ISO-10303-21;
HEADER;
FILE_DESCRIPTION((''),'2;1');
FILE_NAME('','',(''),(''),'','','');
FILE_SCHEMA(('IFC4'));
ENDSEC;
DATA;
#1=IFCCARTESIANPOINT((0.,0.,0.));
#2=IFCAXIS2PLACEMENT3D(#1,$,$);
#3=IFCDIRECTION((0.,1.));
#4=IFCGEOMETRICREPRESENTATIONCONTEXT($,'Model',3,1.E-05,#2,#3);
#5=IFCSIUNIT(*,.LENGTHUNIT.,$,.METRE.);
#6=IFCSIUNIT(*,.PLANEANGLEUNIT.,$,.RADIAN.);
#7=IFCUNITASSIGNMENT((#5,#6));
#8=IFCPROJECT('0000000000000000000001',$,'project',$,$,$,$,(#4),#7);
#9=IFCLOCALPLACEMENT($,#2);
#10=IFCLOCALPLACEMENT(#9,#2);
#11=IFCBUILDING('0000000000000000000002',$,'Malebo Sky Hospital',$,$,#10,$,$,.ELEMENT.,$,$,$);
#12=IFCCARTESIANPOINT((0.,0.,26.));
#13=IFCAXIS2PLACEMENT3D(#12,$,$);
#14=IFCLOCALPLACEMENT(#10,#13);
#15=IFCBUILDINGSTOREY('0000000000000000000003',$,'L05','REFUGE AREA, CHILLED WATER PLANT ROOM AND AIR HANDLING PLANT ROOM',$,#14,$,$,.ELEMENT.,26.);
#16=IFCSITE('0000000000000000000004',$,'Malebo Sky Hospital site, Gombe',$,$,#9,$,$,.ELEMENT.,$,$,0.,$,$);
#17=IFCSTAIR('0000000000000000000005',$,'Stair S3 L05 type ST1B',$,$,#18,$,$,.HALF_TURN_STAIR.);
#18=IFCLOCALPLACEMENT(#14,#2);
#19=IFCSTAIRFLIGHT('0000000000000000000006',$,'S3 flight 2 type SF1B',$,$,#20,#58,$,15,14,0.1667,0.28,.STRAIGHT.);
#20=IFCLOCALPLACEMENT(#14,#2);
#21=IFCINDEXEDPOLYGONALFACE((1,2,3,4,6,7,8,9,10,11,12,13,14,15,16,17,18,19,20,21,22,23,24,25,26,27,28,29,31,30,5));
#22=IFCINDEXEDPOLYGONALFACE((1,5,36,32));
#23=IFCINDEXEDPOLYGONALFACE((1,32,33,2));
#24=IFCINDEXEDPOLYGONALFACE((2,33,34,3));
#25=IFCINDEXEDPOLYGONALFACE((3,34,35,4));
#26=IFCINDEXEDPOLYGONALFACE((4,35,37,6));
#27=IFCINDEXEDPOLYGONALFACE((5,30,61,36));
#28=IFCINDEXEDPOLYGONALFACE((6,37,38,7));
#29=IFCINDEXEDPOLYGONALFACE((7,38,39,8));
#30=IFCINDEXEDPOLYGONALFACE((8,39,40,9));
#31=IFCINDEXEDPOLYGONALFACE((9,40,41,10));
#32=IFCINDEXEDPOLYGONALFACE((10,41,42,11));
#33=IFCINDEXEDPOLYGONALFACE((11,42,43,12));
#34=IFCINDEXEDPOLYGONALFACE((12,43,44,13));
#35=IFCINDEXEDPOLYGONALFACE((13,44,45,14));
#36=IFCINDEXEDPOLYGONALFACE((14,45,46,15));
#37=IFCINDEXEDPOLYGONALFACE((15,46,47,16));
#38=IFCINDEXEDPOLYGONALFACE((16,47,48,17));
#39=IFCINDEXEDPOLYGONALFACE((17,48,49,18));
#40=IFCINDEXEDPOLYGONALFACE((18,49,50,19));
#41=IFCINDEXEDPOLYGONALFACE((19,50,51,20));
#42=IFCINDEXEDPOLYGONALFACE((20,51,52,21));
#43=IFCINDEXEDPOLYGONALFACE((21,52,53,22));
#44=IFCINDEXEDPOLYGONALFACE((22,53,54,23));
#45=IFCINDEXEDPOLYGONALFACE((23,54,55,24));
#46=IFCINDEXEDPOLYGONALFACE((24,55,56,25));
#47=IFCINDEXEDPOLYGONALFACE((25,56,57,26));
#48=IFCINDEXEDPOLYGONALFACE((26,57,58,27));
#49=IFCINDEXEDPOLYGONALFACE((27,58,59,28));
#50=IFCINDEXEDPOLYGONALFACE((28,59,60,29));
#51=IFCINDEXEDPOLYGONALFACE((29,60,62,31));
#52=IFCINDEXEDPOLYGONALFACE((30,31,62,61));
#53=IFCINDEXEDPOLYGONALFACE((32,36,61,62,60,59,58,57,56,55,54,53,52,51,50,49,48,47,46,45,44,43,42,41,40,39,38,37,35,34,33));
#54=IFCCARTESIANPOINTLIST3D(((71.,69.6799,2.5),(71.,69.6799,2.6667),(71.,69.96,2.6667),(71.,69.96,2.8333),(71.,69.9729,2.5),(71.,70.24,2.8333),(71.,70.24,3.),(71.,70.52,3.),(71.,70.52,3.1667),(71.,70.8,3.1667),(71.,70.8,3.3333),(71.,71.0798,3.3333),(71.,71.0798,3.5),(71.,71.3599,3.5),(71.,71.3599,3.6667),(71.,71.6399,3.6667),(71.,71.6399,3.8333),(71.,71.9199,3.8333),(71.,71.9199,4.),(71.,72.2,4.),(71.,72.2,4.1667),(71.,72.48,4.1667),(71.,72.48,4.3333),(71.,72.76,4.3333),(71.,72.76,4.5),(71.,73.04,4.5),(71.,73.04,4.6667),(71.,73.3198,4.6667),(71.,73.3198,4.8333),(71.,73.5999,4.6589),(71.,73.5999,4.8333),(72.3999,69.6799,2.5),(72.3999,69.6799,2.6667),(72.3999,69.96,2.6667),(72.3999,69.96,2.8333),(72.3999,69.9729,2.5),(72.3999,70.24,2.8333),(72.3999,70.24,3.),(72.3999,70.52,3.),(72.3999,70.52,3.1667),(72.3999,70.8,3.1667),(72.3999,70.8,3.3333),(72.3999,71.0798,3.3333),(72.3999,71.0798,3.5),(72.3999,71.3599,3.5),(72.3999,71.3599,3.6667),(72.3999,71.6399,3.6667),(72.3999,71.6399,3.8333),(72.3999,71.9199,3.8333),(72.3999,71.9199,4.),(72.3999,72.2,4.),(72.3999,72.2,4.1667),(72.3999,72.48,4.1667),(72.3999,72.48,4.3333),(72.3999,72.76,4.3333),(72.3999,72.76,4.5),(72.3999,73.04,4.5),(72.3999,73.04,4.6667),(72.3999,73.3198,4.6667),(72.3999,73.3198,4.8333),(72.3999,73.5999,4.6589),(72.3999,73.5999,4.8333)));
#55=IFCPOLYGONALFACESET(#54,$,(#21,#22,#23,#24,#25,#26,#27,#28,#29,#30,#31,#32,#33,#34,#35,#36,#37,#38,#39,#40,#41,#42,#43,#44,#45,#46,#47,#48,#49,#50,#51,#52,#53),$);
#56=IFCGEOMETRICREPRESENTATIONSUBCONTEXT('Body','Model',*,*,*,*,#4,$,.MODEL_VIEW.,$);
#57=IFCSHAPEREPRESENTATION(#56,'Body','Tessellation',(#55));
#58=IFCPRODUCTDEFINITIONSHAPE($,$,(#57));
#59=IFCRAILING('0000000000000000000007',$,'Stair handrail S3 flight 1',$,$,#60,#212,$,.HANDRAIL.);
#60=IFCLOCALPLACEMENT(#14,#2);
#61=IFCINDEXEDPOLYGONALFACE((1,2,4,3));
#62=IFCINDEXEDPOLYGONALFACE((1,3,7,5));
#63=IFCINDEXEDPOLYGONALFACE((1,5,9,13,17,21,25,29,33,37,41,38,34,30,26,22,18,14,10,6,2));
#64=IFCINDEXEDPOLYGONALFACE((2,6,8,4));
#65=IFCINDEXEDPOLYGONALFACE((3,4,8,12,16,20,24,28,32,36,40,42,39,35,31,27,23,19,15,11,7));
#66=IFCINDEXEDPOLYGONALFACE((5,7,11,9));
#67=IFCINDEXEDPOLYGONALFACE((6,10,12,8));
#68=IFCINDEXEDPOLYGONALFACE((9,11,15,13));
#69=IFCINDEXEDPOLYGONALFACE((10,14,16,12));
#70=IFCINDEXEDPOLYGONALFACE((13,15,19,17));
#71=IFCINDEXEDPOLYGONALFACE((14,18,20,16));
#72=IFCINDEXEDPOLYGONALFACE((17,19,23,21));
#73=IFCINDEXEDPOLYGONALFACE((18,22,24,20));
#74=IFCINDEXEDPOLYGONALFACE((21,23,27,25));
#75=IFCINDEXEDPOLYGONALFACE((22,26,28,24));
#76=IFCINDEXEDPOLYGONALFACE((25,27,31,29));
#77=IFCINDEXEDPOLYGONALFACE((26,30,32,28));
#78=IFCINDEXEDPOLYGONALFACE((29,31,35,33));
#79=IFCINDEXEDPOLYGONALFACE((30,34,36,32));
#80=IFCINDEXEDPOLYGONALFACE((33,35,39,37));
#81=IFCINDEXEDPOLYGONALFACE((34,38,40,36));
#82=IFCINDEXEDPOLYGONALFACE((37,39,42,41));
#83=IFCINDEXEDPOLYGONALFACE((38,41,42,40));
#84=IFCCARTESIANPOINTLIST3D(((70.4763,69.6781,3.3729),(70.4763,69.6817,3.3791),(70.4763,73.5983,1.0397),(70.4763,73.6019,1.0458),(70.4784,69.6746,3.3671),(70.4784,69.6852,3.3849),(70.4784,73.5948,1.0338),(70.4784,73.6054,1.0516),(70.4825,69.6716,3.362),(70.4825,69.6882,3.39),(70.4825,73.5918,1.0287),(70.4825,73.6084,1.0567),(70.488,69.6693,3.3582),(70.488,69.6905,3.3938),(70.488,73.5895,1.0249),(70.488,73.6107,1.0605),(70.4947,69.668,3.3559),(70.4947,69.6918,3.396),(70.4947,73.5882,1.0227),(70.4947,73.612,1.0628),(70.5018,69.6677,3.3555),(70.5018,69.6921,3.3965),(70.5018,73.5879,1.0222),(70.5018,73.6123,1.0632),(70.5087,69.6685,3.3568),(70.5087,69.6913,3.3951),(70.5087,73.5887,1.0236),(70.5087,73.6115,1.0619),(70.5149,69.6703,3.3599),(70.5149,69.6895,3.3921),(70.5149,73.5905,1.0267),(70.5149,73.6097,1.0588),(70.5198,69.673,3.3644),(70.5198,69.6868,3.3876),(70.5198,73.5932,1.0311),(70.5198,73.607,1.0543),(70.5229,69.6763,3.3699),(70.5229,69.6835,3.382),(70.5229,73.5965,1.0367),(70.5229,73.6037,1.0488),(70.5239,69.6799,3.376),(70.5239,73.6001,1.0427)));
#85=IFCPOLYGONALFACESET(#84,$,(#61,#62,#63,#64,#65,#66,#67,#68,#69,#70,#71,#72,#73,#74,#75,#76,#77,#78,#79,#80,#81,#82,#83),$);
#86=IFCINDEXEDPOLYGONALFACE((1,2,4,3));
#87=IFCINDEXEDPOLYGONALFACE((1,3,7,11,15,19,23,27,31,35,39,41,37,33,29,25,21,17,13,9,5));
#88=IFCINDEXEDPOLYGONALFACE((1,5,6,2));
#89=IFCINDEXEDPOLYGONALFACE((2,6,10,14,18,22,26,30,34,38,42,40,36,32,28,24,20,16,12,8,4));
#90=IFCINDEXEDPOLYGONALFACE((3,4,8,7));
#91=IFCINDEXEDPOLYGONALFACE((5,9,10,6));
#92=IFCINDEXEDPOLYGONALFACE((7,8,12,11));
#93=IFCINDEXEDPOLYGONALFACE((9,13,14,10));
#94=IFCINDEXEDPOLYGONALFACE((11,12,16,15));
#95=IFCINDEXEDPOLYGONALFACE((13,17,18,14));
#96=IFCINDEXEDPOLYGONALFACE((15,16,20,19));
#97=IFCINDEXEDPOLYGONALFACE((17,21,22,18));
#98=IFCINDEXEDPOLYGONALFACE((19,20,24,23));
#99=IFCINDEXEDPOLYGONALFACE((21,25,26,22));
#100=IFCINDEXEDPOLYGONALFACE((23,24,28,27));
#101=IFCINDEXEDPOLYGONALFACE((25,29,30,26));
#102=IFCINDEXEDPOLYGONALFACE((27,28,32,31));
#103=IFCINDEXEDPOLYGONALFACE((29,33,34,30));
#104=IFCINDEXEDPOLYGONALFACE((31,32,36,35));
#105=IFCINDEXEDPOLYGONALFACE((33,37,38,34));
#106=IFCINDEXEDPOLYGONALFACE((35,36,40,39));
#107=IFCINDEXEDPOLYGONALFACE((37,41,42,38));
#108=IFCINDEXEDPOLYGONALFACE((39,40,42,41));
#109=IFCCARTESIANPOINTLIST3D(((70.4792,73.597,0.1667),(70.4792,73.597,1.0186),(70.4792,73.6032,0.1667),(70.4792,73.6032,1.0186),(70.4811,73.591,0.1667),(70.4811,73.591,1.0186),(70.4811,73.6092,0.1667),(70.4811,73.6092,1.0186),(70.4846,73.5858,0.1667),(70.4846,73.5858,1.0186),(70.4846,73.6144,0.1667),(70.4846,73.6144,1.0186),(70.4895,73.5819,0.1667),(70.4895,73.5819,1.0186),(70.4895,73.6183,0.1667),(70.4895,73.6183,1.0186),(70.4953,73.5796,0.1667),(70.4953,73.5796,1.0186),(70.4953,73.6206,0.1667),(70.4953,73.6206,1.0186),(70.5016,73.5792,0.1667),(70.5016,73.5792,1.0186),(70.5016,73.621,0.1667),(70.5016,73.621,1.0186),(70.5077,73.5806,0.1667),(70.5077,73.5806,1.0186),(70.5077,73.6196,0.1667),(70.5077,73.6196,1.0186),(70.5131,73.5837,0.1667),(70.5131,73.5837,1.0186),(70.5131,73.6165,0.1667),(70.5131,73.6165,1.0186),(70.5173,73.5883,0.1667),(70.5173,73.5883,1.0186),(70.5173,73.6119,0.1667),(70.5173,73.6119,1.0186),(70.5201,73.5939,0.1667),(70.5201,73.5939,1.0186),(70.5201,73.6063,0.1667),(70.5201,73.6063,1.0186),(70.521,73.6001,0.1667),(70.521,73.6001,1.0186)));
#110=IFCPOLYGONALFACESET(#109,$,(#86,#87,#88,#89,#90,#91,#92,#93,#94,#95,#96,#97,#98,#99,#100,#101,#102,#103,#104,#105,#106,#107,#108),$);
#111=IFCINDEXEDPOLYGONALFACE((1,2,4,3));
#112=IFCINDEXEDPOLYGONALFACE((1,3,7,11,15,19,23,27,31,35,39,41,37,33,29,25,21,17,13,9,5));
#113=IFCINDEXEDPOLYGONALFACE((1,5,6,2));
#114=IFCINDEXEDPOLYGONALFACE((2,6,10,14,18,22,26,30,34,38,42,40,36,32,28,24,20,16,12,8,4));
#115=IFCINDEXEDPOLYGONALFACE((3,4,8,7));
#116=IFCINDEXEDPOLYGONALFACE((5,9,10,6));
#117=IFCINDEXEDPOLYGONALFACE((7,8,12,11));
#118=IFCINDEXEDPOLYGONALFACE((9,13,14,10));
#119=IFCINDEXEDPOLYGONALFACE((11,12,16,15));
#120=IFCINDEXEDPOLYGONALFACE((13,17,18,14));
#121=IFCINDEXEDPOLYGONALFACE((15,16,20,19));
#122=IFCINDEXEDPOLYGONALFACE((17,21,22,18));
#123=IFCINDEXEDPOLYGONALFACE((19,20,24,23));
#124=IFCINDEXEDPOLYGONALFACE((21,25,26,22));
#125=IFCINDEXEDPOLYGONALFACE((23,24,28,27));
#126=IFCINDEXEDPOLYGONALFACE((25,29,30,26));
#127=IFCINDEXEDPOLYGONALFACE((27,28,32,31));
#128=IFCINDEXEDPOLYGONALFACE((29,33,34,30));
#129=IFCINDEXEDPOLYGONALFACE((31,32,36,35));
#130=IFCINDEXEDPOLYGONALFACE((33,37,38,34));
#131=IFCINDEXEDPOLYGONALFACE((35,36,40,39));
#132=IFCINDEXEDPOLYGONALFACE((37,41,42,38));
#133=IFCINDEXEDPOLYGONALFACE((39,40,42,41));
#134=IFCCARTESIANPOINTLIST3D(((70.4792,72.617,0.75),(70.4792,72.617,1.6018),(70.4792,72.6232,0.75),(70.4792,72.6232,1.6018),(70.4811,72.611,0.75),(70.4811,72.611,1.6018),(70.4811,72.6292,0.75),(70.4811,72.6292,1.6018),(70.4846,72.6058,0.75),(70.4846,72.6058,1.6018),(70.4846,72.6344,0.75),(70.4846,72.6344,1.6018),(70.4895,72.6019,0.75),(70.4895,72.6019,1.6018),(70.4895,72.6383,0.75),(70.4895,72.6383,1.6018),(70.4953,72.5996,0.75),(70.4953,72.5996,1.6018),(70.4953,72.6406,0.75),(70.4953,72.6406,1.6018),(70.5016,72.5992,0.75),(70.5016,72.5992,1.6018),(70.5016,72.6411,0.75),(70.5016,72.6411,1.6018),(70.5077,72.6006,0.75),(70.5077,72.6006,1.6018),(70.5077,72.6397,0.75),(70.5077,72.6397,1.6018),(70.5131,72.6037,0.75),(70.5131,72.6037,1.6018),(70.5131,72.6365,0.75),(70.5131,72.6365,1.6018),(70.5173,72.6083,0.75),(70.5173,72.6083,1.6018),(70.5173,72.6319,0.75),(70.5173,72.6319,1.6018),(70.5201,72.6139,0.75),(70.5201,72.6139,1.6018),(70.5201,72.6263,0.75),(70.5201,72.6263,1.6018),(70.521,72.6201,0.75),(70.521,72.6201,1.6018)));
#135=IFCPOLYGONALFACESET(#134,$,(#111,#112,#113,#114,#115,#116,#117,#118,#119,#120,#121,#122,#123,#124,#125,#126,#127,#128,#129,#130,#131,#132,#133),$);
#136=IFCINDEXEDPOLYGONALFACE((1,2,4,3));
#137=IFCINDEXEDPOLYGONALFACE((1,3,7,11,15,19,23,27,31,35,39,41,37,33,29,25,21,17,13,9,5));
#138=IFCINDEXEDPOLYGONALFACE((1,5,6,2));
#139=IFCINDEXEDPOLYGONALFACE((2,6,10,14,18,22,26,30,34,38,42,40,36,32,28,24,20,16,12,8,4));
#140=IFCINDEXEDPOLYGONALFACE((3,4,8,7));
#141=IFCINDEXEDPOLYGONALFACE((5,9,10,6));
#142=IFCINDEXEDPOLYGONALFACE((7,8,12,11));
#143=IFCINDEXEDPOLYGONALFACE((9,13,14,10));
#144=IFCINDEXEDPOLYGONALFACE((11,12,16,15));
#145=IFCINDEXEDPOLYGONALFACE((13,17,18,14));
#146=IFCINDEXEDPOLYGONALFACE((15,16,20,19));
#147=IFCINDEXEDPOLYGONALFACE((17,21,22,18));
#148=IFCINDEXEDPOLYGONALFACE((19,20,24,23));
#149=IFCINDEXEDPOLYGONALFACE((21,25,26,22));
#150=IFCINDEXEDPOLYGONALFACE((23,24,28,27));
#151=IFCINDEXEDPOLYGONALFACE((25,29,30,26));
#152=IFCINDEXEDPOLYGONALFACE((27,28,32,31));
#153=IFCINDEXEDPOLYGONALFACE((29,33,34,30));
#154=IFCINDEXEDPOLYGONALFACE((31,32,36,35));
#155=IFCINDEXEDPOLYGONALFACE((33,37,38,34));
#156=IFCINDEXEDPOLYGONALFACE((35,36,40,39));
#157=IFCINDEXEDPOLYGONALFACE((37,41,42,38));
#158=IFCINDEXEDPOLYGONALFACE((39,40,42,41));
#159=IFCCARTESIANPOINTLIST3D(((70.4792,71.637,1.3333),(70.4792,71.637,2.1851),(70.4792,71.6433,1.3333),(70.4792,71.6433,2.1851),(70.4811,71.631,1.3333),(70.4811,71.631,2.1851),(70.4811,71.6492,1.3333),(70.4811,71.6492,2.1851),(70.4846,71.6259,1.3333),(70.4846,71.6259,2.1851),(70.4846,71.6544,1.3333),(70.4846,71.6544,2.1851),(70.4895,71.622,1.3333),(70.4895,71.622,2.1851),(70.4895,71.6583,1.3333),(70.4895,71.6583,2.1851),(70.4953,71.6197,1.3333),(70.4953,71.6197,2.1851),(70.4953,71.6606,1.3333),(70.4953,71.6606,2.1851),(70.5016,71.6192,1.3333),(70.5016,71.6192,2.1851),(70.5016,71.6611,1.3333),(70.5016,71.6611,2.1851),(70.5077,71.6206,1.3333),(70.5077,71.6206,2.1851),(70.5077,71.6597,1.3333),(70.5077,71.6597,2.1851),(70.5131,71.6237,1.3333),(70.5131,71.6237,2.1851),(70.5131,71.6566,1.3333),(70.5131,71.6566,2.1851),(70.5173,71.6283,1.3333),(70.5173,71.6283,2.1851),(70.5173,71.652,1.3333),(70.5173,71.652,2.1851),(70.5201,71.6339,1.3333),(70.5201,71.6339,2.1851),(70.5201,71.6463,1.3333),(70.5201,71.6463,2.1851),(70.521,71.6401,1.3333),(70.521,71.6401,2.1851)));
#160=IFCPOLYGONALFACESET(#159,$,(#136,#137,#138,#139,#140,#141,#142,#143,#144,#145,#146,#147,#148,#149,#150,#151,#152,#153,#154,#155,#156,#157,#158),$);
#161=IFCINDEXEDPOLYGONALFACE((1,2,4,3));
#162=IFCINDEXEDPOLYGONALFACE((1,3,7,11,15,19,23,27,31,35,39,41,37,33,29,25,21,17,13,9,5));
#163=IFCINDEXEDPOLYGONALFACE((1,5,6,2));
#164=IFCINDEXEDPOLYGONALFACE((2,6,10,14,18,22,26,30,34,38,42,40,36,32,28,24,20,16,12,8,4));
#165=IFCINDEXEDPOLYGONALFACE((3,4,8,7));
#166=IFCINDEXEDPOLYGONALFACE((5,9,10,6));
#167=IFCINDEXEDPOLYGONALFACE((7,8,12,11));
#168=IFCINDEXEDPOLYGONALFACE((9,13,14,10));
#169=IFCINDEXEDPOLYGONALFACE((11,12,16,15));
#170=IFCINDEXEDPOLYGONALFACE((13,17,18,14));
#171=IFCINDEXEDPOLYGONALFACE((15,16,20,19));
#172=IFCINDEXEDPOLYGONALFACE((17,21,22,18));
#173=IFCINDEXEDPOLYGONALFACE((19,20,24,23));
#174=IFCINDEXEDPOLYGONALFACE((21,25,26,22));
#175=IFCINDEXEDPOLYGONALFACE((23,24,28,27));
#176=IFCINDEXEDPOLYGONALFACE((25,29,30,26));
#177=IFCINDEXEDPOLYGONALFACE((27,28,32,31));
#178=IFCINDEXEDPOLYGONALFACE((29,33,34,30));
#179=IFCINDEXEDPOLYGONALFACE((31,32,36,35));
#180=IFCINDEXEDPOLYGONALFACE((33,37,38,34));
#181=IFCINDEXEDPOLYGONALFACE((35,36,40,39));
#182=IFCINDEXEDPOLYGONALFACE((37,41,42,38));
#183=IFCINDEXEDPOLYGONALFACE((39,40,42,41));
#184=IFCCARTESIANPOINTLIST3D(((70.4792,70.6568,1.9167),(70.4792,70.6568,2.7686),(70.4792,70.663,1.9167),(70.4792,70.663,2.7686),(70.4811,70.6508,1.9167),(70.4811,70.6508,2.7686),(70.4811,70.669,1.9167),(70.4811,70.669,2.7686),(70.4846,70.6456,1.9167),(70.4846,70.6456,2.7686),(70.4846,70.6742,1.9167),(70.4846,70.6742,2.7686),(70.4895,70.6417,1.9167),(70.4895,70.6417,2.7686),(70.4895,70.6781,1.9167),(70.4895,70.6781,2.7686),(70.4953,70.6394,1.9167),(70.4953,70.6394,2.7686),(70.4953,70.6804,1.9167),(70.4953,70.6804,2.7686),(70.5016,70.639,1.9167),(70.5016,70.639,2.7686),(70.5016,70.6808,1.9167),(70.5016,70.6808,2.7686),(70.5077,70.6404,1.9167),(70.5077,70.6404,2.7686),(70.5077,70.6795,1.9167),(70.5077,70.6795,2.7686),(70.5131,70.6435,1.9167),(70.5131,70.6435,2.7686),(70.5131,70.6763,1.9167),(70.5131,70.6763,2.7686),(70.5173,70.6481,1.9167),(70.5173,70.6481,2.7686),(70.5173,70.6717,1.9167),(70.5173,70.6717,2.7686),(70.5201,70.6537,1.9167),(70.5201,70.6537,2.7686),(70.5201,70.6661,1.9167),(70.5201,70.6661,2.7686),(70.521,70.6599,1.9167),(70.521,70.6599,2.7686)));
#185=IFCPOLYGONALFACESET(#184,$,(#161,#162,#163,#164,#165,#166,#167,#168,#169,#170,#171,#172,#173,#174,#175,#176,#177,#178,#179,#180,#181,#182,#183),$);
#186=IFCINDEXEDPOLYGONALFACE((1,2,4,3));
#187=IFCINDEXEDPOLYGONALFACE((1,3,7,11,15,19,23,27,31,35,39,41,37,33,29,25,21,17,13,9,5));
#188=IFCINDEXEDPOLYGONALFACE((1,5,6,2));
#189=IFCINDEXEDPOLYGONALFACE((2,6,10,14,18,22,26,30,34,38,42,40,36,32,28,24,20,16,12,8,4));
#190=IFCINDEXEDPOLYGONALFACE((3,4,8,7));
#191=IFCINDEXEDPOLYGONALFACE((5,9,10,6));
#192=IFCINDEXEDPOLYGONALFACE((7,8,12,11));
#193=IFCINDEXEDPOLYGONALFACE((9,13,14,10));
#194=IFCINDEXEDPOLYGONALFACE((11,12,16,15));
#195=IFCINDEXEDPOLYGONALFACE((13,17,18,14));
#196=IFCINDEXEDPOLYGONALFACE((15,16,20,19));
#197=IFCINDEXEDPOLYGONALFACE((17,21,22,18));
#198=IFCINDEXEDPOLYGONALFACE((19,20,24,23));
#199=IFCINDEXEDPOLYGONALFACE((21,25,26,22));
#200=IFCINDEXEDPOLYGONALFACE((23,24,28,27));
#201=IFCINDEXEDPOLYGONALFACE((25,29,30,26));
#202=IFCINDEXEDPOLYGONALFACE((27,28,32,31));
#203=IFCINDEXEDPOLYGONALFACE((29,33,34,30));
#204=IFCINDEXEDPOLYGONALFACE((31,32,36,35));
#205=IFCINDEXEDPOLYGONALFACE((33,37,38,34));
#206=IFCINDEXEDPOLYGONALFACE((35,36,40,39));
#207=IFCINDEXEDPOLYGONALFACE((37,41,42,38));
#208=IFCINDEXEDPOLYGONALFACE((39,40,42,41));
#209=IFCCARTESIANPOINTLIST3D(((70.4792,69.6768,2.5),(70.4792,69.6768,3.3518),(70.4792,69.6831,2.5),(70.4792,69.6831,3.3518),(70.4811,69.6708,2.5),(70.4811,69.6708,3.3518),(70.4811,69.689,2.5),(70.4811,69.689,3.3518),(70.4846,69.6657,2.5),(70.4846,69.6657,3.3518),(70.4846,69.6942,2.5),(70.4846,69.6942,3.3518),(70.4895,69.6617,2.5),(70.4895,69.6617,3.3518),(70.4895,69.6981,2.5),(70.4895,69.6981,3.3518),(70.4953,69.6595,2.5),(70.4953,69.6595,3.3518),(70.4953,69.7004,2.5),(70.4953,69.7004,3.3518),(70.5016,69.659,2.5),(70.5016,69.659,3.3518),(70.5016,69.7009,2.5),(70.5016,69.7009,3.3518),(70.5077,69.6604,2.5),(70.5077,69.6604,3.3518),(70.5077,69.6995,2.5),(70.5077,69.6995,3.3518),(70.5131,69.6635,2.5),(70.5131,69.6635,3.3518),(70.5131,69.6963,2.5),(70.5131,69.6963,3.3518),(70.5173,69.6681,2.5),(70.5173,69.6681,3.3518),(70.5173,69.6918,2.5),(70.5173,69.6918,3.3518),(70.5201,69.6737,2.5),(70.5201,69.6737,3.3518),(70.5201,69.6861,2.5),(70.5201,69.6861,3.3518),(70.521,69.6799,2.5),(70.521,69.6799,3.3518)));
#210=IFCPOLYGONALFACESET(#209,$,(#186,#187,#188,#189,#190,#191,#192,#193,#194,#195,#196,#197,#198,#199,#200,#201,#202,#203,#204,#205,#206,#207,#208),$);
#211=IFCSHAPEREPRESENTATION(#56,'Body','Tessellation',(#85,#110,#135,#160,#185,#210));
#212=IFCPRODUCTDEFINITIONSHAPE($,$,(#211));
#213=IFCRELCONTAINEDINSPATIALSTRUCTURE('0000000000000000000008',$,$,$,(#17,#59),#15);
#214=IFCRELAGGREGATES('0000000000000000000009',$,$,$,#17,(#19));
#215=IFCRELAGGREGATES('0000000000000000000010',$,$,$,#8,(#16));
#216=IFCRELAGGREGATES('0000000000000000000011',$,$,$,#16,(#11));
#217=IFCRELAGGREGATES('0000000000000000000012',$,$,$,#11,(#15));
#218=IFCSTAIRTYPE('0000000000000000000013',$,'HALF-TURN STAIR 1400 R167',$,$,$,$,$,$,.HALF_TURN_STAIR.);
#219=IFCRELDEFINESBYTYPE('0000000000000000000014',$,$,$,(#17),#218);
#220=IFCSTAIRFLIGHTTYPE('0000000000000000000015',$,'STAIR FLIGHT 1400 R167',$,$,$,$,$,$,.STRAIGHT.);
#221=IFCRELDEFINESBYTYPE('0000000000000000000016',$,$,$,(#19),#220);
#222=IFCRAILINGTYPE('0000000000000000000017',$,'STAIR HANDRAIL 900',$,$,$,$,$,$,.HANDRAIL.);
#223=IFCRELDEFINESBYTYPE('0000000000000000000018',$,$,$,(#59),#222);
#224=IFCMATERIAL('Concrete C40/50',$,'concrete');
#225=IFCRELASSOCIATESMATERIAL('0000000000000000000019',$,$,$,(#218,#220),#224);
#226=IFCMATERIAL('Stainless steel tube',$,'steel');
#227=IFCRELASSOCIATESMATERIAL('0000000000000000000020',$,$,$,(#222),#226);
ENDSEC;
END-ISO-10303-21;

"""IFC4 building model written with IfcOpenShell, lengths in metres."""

from ifc_helpers import new_model, si_unit, direction, frame, origin, origin_2d, place, context, subcontext, project, spatial, polyline, circle, outline, extrude, material, type_object, element, aggregate, save


model = new_model("IFC4")

# Units and contexts
model_context = context("Model", 3, precision=1e-05, world=origin(), true_north=direction((0.0, 1.0)))
body_context = subcontext(model_context, "Body", "Model", "MODEL_VIEW")
ifc_project = project(units=[si_unit("LENGTHUNIT", "METRE"), si_unit("PLANEANGLEUNIT", "RADIAN")], contexts=[model_context])

# Site, building, storey
site_placement = place(None, origin())
site = spatial("IfcSite", under=ifc_project, at=site_placement, Name="Malebo Sky Hospital site, Gombe", CompositionType="ELEMENT", RefElevation=0.0)
building_placement = place(site_placement, origin())
building = spatial("IfcBuilding", under=site, at=building_placement, Name="Malebo Sky Hospital", CompositionType="ELEMENT")
storey_placement = place(building_placement, frame((0.0, 0.0, 26.0)))
storey = spatial("IfcBuildingStorey", under=building, at=storey_placement, Name="L05", Description="REFUGE AREA, CHILLED WATER PLANT ROOM AND AIR HANDLING PLANT ROOM", CompositionType="ELEMENT", Elevation=26.0)

# Shared definitions
ifc_material_1 = material(Name="Concrete C40/50", Category="concrete")

# Stair, stair flight
stair_type = type_object("IfcStairType", Name="HALF-TURN STAIR 1400 R167", PredefinedType="HALF_TURN_STAIR", material=ifc_material_1)
stair_placement = place(storey_placement, origin())
stair = element("IfcStair", 1, at=stair_placement, inside=storey, type_object=stair_type, Name="Stair S3 L05 type ST1B", PredefinedType="HALF_TURN_STAIR")
stair_flight_type = type_object("IfcStairFlightType", Name="STAIR FLIGHT 1400 R167", PredefinedType="STRAIGHT", material=ifc_material_1)
stair_flight_1_placement = place(storey_placement, frame((71.7, 69.6799, 2.5), z_axis=(0.0, 0.0, 1.0), x_axis=(0.0, 1.0, 0.0)))
stair_flight_1 = element("IfcStairFlight", 2, at=stair_flight_1_placement, type_object=stair_flight_type, Name="S3 flight 2 type SF1B", NumberOfRisers=15, NumberOfTreads=14, PredefinedType="STRAIGHT", RiserHeight=0.1667, TreadLength=0.28, context=body_context, shape_type="SweptSolid", body=[
    extrude(outline(polyline([(0.0, 0.0), (0.0, 0.1667), (0.28, 0.1667), (0.28, 0.3333), (0.5601, 0.3333), (0.5601, 0.5), (0.8401, 0.5), (0.8401, 0.6667), (1.1201, 0.6667), (1.1201, 0.8333), (1.3999, 0.8333), (1.3999, 1.0), (1.6799, 1.0), (1.6799, 1.1667), (1.96, 1.1667), (1.96, 1.3333), (2.24, 1.3333), (2.24, 1.5), (2.52, 1.5), (2.52, 1.6667), (2.8, 1.6667), (2.8, 1.8333), (3.0801, 1.8333), (3.0801, 2.0), (3.3601, 2.0), (3.3601, 2.1667), (3.6399, 2.1667), (3.6399, 2.3333), (3.9199, 2.3333), (3.9199, 2.5), (3.9199, 2.1589), (0.293, 0.0), (0.0, 0.0)])), frame((0.0, 0.7, 0.0), z_axis=(0.0, -1.0, 0.0), x_axis=(1.0, 0.0, 0.0)), (0.0, 0.0, 1.0), 1.3999),
])
aggregate(stair, [stair_flight_1])

# Railing
ifc_material_2 = material(Name="Stainless steel tube", Category="steel")
railing_type = type_object("IfcRailingType", Name="STAIR HANDRAIL 900", PredefinedType="HANDRAIL", material=ifc_material_2)
railing_1_placement = place(storey_placement, frame((70.5, 73.6001, 0.1667)))
element("IfcRailing", 3, at=railing_1_placement, inside=storey, type_object=railing_type, Name="Stair handrail S3 flight 1", PredefinedType="HANDRAIL", context=body_context, shape_type="SweptSolid", body=[
    extrude(circle(Radius=0.0239, at=origin_2d()), frame((0.0, 0.0, 0.876), z_axis=(0.0, -0.85931, 0.511455), x_axis=(1.0, 0.0, 0.0)), (0.0, 0.0, 1.0), 4.562),
    extrude(circle(Radius=0.021, at=origin_2d()), origin(), (0.0, 0.0, 1.0), 0.8518),
    extrude(circle(Radius=0.021, at=origin_2d()), frame((0.0, -0.98, 0.5833)), (0.0, 0.0, 1.0), 0.8518),
    extrude(circle(Radius=0.021, at=origin_2d()), frame((0.0, -1.96, 1.1665)), (0.0, 0.0, 1.0), 0.8518),
    extrude(circle(Radius=0.021, at=origin_2d()), frame((0.0, -2.9402, 1.75)), (0.0, 0.0, 1.0), 0.8518),
    extrude(circle(Radius=0.021, at=origin_2d()), frame((0.0, -3.9202, 2.3333)), (0.0, 0.0, 1.0), 0.8518),
])

save(model, "model.ifc")
